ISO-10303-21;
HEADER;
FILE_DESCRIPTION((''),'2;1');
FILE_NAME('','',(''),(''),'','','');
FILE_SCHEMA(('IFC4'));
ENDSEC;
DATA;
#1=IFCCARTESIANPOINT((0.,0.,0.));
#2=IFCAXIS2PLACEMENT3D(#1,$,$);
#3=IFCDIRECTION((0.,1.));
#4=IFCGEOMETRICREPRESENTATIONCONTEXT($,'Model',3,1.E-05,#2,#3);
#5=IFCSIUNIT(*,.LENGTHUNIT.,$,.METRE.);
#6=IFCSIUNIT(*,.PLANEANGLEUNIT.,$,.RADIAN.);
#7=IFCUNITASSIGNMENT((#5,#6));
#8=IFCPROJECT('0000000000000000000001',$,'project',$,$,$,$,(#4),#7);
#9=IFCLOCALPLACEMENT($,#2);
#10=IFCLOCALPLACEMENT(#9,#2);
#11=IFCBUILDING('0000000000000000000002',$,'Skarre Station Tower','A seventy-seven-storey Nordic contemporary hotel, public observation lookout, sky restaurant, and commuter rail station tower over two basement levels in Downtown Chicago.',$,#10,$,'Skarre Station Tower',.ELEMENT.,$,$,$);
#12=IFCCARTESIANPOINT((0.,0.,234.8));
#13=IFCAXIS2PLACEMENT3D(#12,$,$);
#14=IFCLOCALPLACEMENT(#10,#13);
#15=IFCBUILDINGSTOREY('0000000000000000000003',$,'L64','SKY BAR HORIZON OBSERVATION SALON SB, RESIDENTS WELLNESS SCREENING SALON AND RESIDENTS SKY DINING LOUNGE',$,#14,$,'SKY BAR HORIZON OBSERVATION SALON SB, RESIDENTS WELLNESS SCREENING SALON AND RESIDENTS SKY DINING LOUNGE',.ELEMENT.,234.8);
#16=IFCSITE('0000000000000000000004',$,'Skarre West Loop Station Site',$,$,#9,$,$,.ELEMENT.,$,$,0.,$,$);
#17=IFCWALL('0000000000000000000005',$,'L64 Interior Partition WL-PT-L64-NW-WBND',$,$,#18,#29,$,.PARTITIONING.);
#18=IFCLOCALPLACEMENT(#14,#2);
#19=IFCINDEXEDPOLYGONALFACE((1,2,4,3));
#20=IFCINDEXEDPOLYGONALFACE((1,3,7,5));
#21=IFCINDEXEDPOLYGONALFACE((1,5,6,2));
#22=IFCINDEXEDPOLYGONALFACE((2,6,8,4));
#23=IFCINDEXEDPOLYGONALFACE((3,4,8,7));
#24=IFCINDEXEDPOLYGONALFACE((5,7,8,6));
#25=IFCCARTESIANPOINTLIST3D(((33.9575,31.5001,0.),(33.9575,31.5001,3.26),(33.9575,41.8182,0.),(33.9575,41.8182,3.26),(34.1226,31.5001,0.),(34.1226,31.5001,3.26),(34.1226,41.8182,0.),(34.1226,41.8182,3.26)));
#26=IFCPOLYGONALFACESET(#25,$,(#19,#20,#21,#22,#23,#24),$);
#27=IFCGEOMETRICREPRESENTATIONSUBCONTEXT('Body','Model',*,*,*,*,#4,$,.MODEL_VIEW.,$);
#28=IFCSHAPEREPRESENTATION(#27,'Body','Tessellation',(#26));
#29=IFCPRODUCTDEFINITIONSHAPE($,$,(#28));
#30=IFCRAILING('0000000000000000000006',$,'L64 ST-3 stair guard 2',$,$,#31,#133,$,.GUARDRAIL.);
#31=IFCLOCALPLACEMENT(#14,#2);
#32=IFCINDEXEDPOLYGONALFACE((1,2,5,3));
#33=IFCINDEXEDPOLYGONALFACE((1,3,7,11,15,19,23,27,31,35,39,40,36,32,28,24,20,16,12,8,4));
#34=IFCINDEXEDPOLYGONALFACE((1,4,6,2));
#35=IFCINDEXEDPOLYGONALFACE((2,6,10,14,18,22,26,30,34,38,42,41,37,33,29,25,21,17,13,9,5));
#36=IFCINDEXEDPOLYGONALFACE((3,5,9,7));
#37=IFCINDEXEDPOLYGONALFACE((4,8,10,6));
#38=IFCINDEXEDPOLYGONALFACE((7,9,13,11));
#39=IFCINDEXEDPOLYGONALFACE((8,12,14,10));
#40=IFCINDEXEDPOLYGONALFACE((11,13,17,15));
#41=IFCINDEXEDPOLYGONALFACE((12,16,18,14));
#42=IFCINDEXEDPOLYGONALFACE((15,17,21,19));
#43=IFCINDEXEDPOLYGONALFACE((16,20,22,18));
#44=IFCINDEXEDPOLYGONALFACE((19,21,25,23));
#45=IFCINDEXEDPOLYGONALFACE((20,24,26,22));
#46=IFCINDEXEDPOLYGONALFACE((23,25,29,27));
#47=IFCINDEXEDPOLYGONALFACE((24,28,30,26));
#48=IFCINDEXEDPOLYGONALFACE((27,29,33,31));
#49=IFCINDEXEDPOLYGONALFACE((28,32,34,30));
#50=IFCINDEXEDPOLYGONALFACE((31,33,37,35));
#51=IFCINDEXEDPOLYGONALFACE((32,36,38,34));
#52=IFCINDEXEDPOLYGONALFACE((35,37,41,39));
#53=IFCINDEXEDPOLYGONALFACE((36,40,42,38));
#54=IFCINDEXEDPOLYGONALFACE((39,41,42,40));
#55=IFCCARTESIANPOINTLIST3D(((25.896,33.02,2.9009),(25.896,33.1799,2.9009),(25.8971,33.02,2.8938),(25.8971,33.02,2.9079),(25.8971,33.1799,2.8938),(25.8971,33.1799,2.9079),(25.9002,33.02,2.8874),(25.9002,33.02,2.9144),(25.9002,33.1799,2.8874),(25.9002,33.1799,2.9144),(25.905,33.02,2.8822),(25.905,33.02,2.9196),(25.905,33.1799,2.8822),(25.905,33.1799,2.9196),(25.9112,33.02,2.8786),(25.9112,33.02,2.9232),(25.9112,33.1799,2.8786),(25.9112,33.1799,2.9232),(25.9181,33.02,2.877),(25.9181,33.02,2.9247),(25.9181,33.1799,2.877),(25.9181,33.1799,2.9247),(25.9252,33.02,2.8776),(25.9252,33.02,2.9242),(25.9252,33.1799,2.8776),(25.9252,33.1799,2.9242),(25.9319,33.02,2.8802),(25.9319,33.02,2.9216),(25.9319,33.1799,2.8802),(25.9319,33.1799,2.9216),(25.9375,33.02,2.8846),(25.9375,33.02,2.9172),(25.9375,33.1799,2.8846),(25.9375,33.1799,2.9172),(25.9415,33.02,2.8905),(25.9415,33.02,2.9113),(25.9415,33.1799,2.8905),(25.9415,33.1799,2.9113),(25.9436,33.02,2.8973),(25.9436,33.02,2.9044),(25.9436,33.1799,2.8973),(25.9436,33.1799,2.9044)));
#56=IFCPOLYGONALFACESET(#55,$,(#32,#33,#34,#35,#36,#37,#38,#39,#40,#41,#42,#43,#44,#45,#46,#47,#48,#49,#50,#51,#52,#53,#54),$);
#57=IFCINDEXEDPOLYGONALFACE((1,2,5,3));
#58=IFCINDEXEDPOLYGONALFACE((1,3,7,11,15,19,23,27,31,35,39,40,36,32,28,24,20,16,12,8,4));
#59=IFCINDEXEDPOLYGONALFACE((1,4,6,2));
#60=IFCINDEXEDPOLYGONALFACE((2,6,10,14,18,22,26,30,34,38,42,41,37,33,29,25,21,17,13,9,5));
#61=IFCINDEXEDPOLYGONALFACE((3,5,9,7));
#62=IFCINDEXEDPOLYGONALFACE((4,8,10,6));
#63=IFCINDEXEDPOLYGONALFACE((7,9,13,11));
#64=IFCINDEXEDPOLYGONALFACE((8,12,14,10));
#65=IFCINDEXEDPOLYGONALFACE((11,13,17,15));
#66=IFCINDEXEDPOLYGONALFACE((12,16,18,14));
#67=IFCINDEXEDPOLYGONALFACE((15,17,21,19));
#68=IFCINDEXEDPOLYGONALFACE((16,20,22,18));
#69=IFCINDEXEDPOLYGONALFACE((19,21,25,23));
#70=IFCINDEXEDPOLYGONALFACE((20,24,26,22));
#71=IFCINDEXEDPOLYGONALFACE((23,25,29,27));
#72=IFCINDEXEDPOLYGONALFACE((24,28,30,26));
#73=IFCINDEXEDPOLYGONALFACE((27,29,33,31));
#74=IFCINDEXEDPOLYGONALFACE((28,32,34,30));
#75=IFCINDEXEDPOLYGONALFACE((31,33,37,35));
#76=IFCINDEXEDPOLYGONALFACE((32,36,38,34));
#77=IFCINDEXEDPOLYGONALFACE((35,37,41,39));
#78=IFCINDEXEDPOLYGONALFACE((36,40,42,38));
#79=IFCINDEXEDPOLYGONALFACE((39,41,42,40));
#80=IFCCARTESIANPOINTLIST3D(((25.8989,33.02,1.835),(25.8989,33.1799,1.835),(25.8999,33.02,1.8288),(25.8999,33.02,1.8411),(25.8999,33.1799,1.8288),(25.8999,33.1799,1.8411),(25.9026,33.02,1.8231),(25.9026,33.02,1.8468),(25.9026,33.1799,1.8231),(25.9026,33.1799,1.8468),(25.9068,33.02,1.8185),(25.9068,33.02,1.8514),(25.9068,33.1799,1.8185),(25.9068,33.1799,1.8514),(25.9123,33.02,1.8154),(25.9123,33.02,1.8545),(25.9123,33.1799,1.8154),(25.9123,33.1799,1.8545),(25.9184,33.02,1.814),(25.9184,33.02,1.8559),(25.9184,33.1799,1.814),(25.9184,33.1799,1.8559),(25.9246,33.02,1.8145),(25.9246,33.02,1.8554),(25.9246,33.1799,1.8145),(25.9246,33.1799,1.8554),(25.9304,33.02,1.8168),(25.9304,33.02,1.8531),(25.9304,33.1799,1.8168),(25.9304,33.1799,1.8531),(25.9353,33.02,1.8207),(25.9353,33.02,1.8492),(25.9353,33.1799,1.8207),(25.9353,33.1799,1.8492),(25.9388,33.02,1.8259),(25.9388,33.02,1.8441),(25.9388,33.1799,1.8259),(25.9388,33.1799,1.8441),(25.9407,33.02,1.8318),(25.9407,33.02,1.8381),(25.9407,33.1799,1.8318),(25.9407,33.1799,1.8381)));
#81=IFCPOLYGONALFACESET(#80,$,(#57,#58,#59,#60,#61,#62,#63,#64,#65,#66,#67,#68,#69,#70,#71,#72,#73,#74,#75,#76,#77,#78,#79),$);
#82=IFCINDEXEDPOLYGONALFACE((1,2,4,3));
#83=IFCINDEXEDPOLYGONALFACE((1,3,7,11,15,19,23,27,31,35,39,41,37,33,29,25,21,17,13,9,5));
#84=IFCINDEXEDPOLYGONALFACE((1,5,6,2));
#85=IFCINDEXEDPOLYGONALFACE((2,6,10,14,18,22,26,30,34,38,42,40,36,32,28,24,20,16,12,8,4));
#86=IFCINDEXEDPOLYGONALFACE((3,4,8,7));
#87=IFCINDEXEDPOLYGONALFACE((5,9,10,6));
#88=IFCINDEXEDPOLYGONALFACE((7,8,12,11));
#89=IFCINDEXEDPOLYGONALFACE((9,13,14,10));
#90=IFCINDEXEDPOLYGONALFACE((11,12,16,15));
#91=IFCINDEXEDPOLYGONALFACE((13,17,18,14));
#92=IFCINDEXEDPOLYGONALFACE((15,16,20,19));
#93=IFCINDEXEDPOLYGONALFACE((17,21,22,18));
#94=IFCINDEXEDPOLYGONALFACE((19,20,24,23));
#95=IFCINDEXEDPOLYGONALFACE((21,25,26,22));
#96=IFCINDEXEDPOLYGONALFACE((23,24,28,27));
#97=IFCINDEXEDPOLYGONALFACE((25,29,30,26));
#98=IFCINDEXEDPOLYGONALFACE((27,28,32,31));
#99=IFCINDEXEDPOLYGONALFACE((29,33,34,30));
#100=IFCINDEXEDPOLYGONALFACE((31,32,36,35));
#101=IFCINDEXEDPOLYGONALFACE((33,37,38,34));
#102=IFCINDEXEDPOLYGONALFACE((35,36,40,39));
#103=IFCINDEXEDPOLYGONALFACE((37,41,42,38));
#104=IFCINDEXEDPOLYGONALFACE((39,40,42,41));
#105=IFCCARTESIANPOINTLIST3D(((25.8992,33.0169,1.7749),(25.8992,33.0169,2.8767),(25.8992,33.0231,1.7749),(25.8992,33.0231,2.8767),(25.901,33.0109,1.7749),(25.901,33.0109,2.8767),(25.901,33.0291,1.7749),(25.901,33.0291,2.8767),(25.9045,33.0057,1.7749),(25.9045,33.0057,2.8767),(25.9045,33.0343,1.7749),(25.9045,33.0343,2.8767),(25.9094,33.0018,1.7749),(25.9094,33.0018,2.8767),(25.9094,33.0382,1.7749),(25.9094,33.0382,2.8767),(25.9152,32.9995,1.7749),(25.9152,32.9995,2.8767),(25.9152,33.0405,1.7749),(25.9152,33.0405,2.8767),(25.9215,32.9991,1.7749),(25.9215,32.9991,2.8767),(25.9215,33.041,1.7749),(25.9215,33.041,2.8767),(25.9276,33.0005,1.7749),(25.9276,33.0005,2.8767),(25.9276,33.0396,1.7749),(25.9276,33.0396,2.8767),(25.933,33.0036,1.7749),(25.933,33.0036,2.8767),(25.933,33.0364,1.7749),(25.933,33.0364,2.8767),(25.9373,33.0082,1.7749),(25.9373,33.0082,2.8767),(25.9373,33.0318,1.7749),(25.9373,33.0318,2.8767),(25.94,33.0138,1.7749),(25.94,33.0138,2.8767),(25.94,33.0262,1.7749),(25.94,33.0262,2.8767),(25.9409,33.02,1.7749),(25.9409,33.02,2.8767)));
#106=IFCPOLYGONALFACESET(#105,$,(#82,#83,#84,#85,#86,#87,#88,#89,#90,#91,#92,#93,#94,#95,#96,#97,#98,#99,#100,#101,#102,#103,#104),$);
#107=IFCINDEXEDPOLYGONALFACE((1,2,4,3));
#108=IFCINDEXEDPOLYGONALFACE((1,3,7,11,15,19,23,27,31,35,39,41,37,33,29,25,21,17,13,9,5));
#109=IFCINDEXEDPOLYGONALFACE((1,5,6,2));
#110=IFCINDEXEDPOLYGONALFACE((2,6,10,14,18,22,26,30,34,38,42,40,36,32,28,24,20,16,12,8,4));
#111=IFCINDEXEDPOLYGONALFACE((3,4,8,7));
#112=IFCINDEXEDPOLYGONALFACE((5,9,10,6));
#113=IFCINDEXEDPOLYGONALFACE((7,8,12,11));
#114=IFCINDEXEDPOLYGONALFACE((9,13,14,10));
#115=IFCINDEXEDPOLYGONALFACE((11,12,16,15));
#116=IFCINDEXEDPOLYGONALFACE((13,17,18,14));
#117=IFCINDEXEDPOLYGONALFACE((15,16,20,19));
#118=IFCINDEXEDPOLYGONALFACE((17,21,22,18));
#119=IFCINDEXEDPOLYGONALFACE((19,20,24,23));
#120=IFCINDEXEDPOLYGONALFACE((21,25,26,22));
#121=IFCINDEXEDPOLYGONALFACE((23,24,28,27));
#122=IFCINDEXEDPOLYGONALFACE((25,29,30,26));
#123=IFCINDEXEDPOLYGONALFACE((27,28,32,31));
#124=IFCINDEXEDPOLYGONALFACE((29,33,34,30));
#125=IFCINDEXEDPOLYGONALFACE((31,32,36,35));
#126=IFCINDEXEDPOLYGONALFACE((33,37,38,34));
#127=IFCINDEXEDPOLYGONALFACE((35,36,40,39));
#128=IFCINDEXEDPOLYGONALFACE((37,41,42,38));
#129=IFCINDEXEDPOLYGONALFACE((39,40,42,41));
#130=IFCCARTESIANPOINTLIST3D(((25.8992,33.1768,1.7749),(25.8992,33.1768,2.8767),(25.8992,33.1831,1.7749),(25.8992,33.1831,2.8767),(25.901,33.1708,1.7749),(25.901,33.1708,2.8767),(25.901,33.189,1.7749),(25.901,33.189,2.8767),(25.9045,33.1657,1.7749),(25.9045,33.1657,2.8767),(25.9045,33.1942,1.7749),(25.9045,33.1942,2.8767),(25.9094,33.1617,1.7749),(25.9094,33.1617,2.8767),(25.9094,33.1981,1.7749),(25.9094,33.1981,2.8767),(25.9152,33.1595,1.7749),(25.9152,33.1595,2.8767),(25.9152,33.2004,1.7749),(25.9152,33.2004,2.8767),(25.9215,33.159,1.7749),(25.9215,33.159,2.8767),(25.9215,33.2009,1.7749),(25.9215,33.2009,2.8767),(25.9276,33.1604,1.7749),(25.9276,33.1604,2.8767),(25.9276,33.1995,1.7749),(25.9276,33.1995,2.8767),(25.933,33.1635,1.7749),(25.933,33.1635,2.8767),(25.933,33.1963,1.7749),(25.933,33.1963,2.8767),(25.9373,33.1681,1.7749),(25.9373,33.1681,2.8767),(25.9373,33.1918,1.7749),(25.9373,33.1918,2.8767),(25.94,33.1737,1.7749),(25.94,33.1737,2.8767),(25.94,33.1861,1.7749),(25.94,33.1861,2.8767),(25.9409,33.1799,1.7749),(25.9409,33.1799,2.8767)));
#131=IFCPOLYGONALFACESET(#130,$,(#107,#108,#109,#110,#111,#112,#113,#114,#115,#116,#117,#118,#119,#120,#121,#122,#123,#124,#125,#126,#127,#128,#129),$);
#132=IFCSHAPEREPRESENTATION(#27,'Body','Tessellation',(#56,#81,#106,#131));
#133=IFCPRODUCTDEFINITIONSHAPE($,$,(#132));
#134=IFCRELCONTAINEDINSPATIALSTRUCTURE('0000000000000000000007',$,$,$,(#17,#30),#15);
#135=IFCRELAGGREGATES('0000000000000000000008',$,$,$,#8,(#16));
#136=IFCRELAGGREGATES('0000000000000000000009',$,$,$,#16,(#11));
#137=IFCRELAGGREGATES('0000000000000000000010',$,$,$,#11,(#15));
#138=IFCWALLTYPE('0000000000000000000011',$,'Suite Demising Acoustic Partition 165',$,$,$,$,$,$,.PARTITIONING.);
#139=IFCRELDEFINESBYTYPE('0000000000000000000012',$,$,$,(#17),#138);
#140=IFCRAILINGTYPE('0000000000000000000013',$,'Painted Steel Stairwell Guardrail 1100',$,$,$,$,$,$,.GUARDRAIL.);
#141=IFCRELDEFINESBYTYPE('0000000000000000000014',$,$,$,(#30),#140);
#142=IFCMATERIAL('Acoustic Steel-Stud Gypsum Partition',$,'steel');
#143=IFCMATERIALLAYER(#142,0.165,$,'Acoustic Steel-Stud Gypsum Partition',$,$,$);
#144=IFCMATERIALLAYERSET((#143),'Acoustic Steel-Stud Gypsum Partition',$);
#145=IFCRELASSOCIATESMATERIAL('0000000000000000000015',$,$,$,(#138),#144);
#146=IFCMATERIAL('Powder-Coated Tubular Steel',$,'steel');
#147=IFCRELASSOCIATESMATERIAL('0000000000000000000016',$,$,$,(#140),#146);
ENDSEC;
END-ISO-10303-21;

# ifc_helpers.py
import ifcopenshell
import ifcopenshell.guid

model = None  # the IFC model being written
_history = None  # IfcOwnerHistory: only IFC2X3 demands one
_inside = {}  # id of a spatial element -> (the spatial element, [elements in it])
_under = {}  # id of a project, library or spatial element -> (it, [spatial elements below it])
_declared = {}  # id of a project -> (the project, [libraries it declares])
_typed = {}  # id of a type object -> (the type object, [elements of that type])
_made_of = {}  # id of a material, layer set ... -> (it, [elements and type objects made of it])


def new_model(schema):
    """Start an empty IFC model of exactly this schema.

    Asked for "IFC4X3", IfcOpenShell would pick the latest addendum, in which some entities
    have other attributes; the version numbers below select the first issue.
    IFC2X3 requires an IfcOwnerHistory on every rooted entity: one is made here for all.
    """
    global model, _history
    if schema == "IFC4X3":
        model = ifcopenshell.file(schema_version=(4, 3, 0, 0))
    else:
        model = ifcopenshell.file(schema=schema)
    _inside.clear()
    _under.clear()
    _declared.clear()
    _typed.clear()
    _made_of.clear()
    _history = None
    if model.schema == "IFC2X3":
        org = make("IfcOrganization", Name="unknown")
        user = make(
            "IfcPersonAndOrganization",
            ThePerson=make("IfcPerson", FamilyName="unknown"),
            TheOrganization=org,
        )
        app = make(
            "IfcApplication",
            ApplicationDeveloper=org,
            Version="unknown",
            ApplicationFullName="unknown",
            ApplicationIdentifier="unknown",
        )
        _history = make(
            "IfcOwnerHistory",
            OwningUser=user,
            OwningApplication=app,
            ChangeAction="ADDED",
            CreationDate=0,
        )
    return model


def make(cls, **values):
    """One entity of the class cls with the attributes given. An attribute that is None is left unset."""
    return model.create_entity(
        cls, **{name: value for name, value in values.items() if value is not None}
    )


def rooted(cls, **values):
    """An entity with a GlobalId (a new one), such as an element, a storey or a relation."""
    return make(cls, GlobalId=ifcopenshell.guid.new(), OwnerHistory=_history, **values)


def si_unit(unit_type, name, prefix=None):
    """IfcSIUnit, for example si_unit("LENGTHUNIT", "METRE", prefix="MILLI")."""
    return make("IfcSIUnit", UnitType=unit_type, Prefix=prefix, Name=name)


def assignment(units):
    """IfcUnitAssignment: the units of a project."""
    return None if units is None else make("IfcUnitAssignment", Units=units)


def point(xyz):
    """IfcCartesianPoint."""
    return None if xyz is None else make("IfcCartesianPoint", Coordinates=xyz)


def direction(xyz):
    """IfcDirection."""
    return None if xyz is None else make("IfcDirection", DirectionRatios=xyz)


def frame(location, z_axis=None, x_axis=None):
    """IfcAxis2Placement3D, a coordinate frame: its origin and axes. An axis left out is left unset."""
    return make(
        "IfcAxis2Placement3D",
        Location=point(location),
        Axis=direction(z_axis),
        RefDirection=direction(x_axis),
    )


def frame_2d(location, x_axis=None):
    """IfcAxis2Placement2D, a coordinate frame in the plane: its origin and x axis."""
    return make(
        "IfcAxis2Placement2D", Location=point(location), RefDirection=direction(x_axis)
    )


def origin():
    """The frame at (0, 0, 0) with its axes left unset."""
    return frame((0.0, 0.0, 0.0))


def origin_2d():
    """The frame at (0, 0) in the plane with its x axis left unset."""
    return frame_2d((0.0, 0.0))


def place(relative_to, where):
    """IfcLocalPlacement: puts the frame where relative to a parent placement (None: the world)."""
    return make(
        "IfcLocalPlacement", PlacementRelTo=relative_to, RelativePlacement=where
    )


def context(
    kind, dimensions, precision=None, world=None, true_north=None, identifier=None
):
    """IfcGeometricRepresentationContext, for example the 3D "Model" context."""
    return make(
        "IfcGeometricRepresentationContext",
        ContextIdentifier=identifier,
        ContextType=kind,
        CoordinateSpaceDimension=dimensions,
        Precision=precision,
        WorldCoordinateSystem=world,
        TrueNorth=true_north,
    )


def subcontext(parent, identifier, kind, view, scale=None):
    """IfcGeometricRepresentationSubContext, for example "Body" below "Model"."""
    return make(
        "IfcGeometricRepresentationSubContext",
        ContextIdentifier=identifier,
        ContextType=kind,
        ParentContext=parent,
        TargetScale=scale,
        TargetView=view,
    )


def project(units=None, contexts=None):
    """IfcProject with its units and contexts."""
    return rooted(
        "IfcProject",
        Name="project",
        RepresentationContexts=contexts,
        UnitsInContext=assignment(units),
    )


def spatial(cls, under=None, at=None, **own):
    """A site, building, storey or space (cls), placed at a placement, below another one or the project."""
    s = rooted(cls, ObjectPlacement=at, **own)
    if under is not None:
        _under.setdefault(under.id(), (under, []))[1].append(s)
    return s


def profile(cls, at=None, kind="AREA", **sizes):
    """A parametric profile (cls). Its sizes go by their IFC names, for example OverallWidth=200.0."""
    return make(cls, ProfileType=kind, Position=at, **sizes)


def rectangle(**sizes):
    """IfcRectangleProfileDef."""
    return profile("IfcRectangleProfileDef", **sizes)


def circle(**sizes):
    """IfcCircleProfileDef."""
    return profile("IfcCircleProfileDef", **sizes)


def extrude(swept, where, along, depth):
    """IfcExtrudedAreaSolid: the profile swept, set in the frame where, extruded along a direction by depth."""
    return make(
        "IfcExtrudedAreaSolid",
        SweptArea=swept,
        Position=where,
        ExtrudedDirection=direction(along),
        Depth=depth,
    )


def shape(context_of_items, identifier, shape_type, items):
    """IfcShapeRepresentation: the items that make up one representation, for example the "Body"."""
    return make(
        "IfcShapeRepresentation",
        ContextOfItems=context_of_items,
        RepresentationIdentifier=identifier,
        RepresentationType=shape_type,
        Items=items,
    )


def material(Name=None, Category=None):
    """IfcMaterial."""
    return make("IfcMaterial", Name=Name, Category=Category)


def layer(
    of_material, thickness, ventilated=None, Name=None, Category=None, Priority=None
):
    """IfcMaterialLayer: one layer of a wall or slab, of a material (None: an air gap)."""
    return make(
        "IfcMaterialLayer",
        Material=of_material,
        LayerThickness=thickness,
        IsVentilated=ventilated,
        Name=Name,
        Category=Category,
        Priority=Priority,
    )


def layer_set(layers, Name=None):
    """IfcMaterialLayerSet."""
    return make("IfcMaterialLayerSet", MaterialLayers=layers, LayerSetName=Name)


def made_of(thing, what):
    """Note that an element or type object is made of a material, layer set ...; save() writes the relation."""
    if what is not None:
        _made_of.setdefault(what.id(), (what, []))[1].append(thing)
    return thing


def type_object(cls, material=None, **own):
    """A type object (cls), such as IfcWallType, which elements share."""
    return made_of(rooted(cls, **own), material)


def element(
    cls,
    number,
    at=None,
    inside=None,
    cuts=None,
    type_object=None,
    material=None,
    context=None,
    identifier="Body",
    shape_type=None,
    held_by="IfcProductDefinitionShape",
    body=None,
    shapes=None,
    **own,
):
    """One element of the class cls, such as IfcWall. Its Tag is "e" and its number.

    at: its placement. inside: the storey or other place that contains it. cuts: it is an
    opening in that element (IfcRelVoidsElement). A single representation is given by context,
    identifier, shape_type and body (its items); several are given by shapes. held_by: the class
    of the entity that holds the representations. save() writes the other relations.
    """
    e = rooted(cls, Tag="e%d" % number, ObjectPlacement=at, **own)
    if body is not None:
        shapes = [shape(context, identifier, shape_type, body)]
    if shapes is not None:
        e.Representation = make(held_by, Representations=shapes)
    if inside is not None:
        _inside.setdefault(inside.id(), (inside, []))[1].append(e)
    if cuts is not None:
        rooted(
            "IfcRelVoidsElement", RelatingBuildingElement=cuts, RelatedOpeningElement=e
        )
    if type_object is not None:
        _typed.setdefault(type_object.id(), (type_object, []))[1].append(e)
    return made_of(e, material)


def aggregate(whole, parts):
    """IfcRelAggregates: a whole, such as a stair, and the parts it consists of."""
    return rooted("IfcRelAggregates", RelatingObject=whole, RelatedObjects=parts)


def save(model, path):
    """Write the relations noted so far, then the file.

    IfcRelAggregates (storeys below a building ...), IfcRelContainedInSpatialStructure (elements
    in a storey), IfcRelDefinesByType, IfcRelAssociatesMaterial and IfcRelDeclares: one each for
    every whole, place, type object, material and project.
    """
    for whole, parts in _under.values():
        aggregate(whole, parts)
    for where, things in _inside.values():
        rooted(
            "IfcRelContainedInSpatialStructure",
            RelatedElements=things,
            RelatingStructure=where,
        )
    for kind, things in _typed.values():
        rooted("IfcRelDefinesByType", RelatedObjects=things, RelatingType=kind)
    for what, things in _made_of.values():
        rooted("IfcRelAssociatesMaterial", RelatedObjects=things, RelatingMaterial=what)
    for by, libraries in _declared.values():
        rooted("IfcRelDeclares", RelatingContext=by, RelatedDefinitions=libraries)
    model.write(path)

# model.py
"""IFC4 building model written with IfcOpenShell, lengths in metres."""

from ifc_helpers import new_model, si_unit, direction, frame, frame_2d, origin, origin_2d, place, context, subcontext, project, spatial, rectangle, circle, extrude, material, layer, layer_set, type_object, element, save


model = new_model("IFC4")

# Units and contexts
model_context = context("Model", 3, precision=1e-05, world=origin(), true_north=direction((0.0, 1.0)))
body_context = subcontext(model_context, "Body", "Model", "MODEL_VIEW")
ifc_project = project(units=[si_unit("LENGTHUNIT", "METRE"), si_unit("PLANEANGLEUNIT", "RADIAN")], contexts=[model_context])

# Site, building, storey
site_placement = place(None, origin())
site = spatial("IfcSite", under=ifc_project, at=site_placement, Name="Skarre West Loop Station Site", CompositionType="ELEMENT", RefElevation=0.0)
building_placement = place(site_placement, origin())
building = spatial("IfcBuilding", under=site, at=building_placement, Name="Skarre Station Tower", Description="A seventy-seven-storey Nordic contemporary hotel, public observation lookout, sky restaurant, and commuter rail station tower over two basement levels in Downtown Chicago.", LongName="Skarre Station Tower", CompositionType="ELEMENT")
storey_placement = place(building_placement, frame((0.0, 0.0, 234.8)))
storey = spatial("IfcBuildingStorey", under=building, at=storey_placement, Name="L64", Description="SKY BAR HORIZON OBSERVATION SALON SB, RESIDENTS WELLNESS SCREENING SALON AND RESIDENTS SKY DINING LOUNGE", LongName="SKY BAR HORIZON OBSERVATION SALON SB, RESIDENTS WELLNESS SCREENING SALON AND RESIDENTS SKY DINING LOUNGE", CompositionType="ELEMENT", Elevation=234.8)

# Shared definitions
ifc_material_1 = material(Name="Acoustic Steel-Stud Gypsum Partition", Category="steel")

# Wall
ifc_layer_1 = layer(ifc_material_1, 0.165, Name="Acoustic Steel-Stud Gypsum Partition")
ifc_layer_set_1 = layer_set([ifc_layer_1], Name="Acoustic Steel-Stud Gypsum Partition")
wall_type_1 = type_object("IfcWallType", Name="Suite Demising Acoustic Partition 165", PredefinedType="PARTITIONING", material=ifc_layer_set_1)
wall_1_placement = place(storey_placement, frame((34.04, 31.5, 0.0), z_axis=(0.0, 0.0, 1.0), x_axis=(0.0, 1.0, 0.0)))
element("IfcWall", 1, at=wall_1_placement, inside=storey, type_object=wall_type_1, Name="L64 Interior Partition WL-PT-L64-NW-WBND", PredefinedType="PARTITIONING", context=body_context, shape_type="SweptSolid", body=[
    extrude(rectangle(XDim=10.3181, YDim=0.165, at=frame_2d((5.1592, 0.0))), origin(), (0.0, 0.0, 1.0), 3.26),
])

# Railing
ifc_material_2 = material(Name="Powder-Coated Tubular Steel", Category="steel")
railing_type = type_object("IfcRailingType", Name="Painted Steel Stairwell Guardrail 1100", PredefinedType="GUARDRAIL", material=ifc_material_2)
railing_placement = place(storey_placement, frame((25.9199, 33.02, 1.7749)))
element("IfcRailing", 2, at=railing_placement, inside=storey, type_object=railing_type, Name="L64 ST-3 stair guard 2", PredefinedType="GUARDRAIL", context=body_context, shape_type="SweptSolid", body=[
    extrude(circle(Radius=0.0239, at=origin_2d()), frame((0.0, 0.0, 1.126), z_axis=(0.0, 1.0, 0.0), x_axis=(-1.0, 0.0, 0.0)), (0.0, 0.0, 1.0), 0.1599),
    extrude(circle(Radius=0.021, at=origin_2d()), frame((0.0, 0.0, 0.0601), z_axis=(0.0, 1.0, 0.0), x_axis=(-1.0, 0.0, 0.0)), (0.0, 0.0, 1.0), 0.1599),
    extrude(circle(Radius=0.021, at=origin_2d()), origin(), (0.0, 0.0, 1.0), 1.1018),
    extrude(circle(Radius=0.021, at=origin_2d()), frame((0.0, 0.1599, 0.0)), (0.0, 0.0, 1.0), 1.1018),
])

save(model, "model.ifc")
